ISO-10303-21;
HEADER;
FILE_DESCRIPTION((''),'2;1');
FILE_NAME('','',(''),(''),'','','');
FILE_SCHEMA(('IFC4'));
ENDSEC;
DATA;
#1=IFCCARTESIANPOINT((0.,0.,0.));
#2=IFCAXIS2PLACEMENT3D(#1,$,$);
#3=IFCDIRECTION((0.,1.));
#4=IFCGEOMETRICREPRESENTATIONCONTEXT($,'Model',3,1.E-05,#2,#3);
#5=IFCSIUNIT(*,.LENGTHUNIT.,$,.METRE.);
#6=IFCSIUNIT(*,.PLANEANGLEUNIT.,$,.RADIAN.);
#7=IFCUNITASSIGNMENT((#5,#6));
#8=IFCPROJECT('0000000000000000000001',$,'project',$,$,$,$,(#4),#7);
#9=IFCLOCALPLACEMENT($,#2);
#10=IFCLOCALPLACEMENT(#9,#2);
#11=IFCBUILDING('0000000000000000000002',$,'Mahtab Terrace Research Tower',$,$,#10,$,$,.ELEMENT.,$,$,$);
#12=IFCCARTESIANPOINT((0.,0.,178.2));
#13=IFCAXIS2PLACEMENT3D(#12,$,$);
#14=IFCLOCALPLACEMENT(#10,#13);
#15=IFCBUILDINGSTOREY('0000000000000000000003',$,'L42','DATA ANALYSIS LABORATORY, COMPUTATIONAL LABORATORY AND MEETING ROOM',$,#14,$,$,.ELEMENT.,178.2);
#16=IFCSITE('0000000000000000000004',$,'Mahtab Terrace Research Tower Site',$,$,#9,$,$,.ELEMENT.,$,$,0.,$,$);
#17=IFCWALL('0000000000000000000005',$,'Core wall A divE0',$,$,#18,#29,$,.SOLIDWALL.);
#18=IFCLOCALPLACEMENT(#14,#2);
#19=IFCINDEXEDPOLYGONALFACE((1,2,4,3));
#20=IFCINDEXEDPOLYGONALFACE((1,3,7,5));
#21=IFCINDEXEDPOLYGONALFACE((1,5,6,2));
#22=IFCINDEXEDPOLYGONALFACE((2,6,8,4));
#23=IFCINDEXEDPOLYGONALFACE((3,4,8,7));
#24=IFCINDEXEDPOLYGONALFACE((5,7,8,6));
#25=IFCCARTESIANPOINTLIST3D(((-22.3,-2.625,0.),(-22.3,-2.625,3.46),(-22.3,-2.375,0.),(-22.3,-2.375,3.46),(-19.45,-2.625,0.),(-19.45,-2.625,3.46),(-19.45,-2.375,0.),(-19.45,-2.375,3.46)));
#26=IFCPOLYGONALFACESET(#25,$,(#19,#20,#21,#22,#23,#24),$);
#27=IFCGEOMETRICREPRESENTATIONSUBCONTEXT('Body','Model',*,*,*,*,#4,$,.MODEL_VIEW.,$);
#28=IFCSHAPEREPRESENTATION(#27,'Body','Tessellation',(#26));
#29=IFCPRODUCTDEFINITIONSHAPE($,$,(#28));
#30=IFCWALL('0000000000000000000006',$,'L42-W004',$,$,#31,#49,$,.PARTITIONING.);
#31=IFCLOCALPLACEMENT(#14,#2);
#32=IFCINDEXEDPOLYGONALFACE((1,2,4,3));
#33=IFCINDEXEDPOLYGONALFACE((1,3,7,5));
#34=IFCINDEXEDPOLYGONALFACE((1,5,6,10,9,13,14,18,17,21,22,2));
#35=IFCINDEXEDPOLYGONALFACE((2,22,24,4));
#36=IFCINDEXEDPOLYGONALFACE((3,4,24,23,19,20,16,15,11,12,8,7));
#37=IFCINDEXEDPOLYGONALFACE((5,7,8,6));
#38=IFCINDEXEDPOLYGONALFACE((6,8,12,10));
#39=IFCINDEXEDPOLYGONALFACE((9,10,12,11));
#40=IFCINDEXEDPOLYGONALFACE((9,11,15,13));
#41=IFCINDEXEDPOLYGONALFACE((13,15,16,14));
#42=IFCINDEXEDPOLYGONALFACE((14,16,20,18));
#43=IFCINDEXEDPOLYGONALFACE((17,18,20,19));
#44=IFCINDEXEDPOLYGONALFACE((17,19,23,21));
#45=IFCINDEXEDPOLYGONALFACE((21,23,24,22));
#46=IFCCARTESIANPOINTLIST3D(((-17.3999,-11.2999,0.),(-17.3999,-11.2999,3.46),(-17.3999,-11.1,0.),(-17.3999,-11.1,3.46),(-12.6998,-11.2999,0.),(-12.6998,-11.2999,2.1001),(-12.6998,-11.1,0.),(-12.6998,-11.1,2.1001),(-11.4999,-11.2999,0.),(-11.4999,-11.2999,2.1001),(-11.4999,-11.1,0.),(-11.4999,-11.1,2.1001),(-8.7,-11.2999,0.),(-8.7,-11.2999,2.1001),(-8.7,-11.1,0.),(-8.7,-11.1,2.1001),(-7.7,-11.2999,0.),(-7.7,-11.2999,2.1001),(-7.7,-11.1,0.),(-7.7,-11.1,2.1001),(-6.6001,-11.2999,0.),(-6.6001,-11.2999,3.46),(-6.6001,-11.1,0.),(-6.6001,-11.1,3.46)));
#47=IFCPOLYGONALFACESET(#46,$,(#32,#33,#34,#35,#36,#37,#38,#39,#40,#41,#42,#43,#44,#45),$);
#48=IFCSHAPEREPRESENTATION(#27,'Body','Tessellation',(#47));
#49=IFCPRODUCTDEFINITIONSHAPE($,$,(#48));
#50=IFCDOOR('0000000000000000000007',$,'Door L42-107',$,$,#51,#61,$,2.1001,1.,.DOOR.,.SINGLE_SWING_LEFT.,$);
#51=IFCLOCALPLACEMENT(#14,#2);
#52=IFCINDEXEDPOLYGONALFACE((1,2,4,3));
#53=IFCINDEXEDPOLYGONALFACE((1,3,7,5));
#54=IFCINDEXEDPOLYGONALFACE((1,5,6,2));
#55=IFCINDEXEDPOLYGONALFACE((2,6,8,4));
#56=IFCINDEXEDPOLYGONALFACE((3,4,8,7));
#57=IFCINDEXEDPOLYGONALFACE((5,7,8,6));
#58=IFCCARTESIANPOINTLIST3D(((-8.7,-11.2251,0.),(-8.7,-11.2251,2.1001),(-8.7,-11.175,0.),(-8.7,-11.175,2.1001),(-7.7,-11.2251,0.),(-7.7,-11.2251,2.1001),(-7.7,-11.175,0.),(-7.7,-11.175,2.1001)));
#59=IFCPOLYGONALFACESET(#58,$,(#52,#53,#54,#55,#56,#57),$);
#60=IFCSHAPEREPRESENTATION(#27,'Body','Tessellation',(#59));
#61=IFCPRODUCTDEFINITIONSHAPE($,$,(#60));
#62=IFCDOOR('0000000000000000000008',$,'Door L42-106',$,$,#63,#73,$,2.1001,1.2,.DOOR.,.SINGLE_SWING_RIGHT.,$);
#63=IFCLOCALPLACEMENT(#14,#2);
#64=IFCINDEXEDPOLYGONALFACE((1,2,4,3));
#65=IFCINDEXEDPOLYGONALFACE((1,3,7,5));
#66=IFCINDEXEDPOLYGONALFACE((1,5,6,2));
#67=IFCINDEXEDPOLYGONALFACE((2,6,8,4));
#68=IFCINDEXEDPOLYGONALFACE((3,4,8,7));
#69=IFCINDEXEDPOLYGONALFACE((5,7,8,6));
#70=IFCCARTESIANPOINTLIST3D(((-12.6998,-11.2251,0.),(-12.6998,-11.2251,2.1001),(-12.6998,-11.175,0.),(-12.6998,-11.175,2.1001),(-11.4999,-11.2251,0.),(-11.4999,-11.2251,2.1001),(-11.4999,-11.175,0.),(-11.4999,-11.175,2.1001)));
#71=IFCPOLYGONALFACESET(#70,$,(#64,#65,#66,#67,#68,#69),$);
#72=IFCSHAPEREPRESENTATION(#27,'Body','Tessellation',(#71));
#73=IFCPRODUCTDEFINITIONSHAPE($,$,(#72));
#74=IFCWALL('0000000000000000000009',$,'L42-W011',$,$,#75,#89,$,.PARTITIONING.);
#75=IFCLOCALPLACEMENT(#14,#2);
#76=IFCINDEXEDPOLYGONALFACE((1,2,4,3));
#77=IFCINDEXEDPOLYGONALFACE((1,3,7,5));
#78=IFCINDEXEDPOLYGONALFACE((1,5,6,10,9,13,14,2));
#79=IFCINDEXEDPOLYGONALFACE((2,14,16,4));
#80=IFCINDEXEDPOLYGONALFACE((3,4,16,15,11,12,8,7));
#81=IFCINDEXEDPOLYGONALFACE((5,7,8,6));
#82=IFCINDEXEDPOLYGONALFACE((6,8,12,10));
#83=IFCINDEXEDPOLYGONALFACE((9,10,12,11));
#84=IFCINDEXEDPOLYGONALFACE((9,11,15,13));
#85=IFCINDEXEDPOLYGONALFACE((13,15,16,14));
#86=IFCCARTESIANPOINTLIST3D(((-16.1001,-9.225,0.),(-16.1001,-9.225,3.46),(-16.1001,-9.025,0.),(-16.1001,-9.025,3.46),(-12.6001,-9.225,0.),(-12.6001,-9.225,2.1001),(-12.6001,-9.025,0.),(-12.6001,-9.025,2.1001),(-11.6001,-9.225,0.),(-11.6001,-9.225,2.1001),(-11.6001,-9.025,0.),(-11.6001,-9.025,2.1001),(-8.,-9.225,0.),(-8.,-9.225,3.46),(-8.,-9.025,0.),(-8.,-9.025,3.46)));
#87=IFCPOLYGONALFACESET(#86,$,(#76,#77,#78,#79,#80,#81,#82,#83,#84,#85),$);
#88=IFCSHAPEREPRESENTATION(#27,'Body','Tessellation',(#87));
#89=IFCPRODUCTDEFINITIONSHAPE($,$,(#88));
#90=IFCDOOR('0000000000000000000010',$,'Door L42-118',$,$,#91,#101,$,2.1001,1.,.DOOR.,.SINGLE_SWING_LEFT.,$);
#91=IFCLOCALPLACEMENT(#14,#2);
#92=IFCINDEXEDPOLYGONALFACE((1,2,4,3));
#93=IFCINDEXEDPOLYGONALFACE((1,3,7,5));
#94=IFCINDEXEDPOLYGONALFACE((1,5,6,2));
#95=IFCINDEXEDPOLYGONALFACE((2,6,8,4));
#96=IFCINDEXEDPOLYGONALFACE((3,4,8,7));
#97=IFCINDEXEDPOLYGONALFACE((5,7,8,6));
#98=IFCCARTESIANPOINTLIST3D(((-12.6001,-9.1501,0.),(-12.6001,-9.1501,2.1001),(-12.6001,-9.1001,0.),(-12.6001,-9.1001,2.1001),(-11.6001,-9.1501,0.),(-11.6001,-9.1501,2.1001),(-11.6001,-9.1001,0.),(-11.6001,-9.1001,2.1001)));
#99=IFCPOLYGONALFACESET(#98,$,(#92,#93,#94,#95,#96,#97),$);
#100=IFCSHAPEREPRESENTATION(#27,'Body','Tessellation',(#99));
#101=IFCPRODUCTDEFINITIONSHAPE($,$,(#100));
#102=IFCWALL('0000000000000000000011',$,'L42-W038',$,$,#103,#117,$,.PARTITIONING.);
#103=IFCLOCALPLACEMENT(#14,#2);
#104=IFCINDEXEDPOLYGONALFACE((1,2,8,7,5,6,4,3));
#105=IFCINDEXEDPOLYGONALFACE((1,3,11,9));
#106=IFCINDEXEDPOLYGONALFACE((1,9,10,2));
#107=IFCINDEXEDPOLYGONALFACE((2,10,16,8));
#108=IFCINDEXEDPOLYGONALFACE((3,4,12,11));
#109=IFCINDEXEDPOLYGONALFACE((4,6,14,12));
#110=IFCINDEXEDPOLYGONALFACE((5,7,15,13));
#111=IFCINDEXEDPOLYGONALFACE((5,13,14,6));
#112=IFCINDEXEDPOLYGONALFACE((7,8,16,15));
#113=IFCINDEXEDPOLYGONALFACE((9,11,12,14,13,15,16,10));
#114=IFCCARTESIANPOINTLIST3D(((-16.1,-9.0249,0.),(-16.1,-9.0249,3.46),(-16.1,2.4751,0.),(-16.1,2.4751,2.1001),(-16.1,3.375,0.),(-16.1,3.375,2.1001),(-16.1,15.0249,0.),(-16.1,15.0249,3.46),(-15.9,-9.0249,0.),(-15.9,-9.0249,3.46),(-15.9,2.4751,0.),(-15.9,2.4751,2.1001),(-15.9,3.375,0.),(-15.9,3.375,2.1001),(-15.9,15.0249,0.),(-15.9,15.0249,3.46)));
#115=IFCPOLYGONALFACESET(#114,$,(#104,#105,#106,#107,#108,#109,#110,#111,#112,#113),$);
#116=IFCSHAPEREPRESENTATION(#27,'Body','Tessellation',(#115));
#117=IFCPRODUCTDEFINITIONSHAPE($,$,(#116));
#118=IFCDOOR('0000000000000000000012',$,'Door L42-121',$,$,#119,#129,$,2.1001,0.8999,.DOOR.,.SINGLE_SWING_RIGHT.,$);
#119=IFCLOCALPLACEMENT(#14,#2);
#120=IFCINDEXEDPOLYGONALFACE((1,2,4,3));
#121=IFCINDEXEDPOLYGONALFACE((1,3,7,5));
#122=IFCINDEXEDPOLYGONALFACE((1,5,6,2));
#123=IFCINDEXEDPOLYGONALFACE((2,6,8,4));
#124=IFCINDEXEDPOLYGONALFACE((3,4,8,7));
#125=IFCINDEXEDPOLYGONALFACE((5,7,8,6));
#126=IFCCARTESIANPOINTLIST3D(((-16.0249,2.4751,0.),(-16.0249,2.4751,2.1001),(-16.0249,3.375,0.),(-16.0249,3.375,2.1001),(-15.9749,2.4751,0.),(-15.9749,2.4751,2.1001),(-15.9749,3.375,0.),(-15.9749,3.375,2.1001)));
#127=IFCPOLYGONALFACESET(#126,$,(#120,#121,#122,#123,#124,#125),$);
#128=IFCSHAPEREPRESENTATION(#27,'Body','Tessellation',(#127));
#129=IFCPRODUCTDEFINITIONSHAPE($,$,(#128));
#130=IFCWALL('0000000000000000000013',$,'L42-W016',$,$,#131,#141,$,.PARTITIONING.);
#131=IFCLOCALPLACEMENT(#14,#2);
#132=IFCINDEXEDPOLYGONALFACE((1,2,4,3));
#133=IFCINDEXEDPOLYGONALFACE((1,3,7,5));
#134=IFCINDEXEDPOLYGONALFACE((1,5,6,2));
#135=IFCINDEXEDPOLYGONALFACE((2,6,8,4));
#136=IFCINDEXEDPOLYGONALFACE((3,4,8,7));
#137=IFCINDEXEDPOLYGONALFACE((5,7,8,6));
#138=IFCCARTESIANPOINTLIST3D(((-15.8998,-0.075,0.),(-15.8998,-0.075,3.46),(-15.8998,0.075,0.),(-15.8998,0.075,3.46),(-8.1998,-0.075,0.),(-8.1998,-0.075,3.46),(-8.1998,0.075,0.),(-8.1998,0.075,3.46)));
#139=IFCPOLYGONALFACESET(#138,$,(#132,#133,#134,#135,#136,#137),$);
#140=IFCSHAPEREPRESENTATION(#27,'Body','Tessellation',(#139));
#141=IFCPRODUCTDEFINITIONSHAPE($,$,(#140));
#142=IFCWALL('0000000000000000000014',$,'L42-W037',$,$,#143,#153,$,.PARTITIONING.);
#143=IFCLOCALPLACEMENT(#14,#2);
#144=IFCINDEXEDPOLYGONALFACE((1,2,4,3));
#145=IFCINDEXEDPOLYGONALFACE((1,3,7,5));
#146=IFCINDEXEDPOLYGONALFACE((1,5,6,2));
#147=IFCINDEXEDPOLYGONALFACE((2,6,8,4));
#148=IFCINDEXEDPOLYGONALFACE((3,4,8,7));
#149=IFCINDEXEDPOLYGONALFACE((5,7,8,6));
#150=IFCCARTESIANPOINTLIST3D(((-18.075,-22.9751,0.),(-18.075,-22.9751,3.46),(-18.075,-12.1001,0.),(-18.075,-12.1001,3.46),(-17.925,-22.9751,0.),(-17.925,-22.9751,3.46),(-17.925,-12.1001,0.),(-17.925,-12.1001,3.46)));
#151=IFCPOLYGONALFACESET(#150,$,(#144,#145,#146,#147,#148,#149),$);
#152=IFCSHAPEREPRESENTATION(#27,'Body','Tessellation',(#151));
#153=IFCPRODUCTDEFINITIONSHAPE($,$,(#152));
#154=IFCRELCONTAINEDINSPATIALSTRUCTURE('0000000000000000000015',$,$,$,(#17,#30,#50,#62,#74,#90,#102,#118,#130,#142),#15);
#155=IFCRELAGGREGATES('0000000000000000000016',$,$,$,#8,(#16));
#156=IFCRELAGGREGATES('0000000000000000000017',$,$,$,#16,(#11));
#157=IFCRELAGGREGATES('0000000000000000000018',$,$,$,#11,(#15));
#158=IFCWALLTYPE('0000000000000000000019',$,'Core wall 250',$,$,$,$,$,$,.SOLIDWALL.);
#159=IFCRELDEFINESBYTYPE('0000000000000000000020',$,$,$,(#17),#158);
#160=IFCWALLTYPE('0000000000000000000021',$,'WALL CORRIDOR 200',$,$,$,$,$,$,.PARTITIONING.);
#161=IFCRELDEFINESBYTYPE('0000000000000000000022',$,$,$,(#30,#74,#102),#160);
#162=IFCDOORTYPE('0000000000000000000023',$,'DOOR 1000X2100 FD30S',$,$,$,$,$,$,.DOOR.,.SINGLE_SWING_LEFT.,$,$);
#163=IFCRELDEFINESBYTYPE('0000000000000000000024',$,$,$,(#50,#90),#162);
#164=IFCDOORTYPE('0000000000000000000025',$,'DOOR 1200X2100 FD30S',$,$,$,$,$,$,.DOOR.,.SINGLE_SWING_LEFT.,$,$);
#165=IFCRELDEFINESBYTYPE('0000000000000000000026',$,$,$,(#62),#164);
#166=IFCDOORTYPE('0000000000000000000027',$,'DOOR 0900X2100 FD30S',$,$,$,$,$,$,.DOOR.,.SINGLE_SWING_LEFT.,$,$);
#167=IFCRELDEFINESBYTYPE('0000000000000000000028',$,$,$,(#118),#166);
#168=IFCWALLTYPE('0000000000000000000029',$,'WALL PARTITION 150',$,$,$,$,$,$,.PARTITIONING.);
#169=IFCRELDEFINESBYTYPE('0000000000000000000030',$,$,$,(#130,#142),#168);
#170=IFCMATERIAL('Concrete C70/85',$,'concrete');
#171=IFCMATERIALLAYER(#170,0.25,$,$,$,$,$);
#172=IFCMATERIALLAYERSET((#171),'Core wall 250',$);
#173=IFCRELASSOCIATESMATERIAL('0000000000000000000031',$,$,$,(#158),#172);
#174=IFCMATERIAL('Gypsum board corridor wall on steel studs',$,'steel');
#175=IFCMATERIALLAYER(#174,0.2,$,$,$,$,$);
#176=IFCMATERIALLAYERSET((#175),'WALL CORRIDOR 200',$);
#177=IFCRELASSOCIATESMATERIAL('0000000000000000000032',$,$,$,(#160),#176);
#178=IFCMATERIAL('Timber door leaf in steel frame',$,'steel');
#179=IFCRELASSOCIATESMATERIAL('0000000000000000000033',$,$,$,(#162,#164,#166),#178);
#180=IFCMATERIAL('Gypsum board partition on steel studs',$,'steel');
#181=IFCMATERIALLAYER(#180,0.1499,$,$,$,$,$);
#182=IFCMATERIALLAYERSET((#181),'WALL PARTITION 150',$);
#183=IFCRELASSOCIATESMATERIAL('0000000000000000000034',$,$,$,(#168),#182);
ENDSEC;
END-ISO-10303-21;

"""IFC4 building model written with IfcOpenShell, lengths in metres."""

from ifc_helpers import new_model, si_unit, direction, frame, frame_2d, origin, place, context, subcontext, project, spatial, rectangle, extrude, material, layer, layer_set, type_object, element, fill, save


model = new_model("IFC4")

# Units and contexts
model_context = context("Model", 3, precision=1e-05, world=origin(), true_north=direction((0.0, 1.0)))
body_context = subcontext(model_context, "Body", "Model", "MODEL_VIEW")
ifc_project = project(units=[si_unit("LENGTHUNIT", "METRE"), si_unit("PLANEANGLEUNIT", "RADIAN")], contexts=[model_context])

# Site, building, storey
site_placement = place(None, origin())
site = spatial("IfcSite", under=ifc_project, at=site_placement, Name="Mahtab Terrace Research Tower Site", CompositionType="ELEMENT", RefElevation=0.0)
building_placement = place(site_placement, origin())
building = spatial("IfcBuilding", under=site, at=building_placement, Name="Mahtab Terrace Research Tower", CompositionType="ELEMENT")
storey_placement = place(building_placement, frame((0.0, 0.0, 178.2)))
storey = spatial("IfcBuildingStorey", under=building, at=storey_placement, Name="L42", Description="DATA ANALYSIS LABORATORY, COMPUTATIONAL LABORATORY AND MEETING ROOM", CompositionType="ELEMENT", Elevation=178.2)

# Shared definitions
ifc_material_1 = material(Name="Concrete C70/85", Category="concrete")

# Shared definitions
ifc_layer_1 = layer(ifc_material_1, 0.25)
ifc_layer_set_1 = layer_set([ifc_layer_1], Name="Core wall 250")
wall_type_1 = type_object("IfcWallType", Name="Core wall 250", PredefinedType="SOLIDWALL", material=ifc_layer_set_1)

# Wall
wall_1_placement = place(storey_placement, frame((-22.3, -2.5, 0.0), z_axis=(0.0, 0.0, 1.0), x_axis=(1.0, 0.0, 0.0)))
element("IfcWall", 1, at=wall_1_placement, inside=storey, type_object=wall_type_1, Name="Core wall A divE0", PredefinedType="SOLIDWALL", context=body_context, shape_type="SweptSolid", body=[
    extrude(rectangle(XDim=2.8501, YDim=0.25, at=frame_2d((1.425, 0.0))), origin(), (0.0, 0.0, 1.0), 3.46),
])

# Wall, openings, doors
ifc_material_2 = material(Name="Gypsum board corridor wall on steel studs", Category="steel")
ifc_layer_2 = layer(ifc_material_2, 0.2)
ifc_layer_set_2 = layer_set([ifc_layer_2], Name="WALL CORRIDOR 200")
wall_type_2 = type_object("IfcWallType", Name="WALL CORRIDOR 200", PredefinedType="PARTITIONING", material=ifc_layer_set_2)
wall_2_placement = place(storey_placement, frame((-17.3999, -11.2, 0.0), z_axis=(0.0, 0.0, 1.0), x_axis=(1.0, 0.0, 0.0)))
wall_2 = element("IfcWall", 2, at=wall_2_placement, inside=storey, type_object=wall_type_2, Name="L42-W004", PredefinedType="PARTITIONING", context=body_context, shape_type="SweptSolid", body=[
    extrude(rectangle(XDim=10.7998, YDim=0.2, at=frame_2d((5.3999, 0.0))), origin(), (0.0, 0.0, 1.0), 3.46),
])
opening_1_placement = place(wall_2_placement, frame((4.7, 0.0, 0.0)))
opening_1 = element("IfcOpeningElement", 3, at=opening_1_placement, cuts=wall_2, PredefinedType="OPENING", context=body_context, shape_type="SweptSolid", body=[
    extrude(rectangle(XDim=1.2, YDim=2.1001, at=frame_2d((0.6001, 1.05))), frame((0.0, 0.1099, 0.0), z_axis=(0.0, -1.0, 0.0), x_axis=(1.0, 0.0, 0.0)), (0.0, 0.0, 1.0), 0.22),
])
opening_2_placement = place(wall_2_placement, frame((8.7, 0.0, 0.0)))
opening_2 = element("IfcOpeningElement", 4, at=opening_2_placement, cuts=wall_2, PredefinedType="OPENING", context=body_context, shape_type="SweptSolid", body=[
    extrude(rectangle(XDim=1.0, YDim=2.1001, at=frame_2d((0.5, 1.05))), frame((0.0, 0.1099, 0.0), z_axis=(0.0, -1.0, 0.0), x_axis=(1.0, 0.0, 0.0)), (0.0, 0.0, 1.0), 0.22),
])
ifc_material_3 = material(Name="Timber door leaf in steel frame", Category="steel")
door_type_1 = type_object("IfcDoorType", Name="DOOR 1000X2100 FD30S", OperationType="SINGLE_SWING_LEFT", PredefinedType="DOOR", material=ifc_material_3)
door_1_placement = place(opening_2_placement, origin())
door_1 = element("IfcDoor", 5, at=door_1_placement, inside=storey, type_object=door_type_1, Name="Door L42-107", OperationType="SINGLE_SWING_LEFT", OverallHeight=2.1001, OverallWidth=1.0, PredefinedType="DOOR", context=body_context, shape_type="SweptSolid", body=[
    extrude(rectangle(XDim=1.0, YDim=2.1001, at=frame_2d((0.5, 1.05))), frame((0.0, 0.0249, 0.0), z_axis=(0.0, -1.0, 0.0), x_axis=(1.0, 0.0, 0.0)), (0.0, 0.0, 1.0), 0.05),
])
fill(opening_2, door_1)
door_type_2 = type_object("IfcDoorType", Name="DOOR 1200X2100 FD30S", OperationType="SINGLE_SWING_LEFT", PredefinedType="DOOR", material=ifc_material_3)
door_2_placement = place(opening_1_placement, origin())
door_2 = element("IfcDoor", 6, at=door_2_placement, inside=storey, type_object=door_type_2, Name="Door L42-106", OperationType="SINGLE_SWING_RIGHT", OverallHeight=2.1001, OverallWidth=1.2, PredefinedType="DOOR", context=body_context, shape_type="SweptSolid", body=[
    extrude(rectangle(XDim=1.2, YDim=2.1001, at=frame_2d((0.6001, 1.05))), frame((0.0, 0.0249, 0.0), z_axis=(0.0, -1.0, 0.0), x_axis=(1.0, 0.0, 0.0)), (0.0, 0.0, 1.0), 0.05),
])
fill(opening_1, door_2)

# Walls, openings, doors
wall_3_placement = place(storey_placement, frame((-16.1001, -9.125, 0.0), z_axis=(0.0, 0.0, 1.0), x_axis=(1.0, 0.0, 0.0)))
wall_3 = element("IfcWall", 7, at=wall_3_placement, inside=storey, type_object=wall_type_2, Name="L42-W011", PredefinedType="PARTITIONING", context=body_context, shape_type="SweptSolid", body=[
    extrude(rectangle(XDim=8.1001, YDim=0.2, at=frame_2d((4.05, 0.0))), origin(), (0.0, 0.0, 1.0), 3.46),
])
opening_3_placement = place(wall_3_placement, frame((3.5, 0.0, 0.0)))
opening_3 = element("IfcOpeningElement", 8, at=opening_3_placement, cuts=wall_3, PredefinedType="OPENING", context=body_context, shape_type="SweptSolid", body=[
    extrude(rectangle(XDim=1.0, YDim=2.1001, at=frame_2d((0.5, 1.05))), frame((0.0, 0.1099, 0.0), z_axis=(0.0, -1.0, 0.0), x_axis=(1.0, 0.0, 0.0)), (0.0, 0.0, 1.0), 0.22),
])
door_3_placement = place(opening_3_placement, origin())
door_3 = element("IfcDoor", 9, at=door_3_placement, inside=storey, type_object=door_type_1, Name="Door L42-118", OperationType="SINGLE_SWING_LEFT", OverallHeight=2.1001, OverallWidth=1.0, PredefinedType="DOOR", context=body_context, shape_type="SweptSolid", body=[
    extrude(rectangle(XDim=1.0, YDim=2.1001, at=frame_2d((0.5, 1.05))), frame((0.0, 0.0249, 0.0), z_axis=(0.0, -1.0, 0.0), x_axis=(1.0, 0.0, 0.0)), (0.0, 0.0, 1.0), 0.05),
])
fill(opening_3, door_3)
wall_4_placement = place(storey_placement, frame((-16.0, -9.0249, 0.0), z_axis=(0.0, 0.0, 1.0), x_axis=(0.0, 1.0, 0.0)))
wall_4 = element("IfcWall", 10, at=wall_4_placement, inside=storey, type_object=wall_type_2, Name="L42-W038", PredefinedType="PARTITIONING", context=body_context, shape_type="SweptSolid", body=[
    extrude(rectangle(XDim=24.0498, YDim=0.2, at=frame_2d((12.0249, 0.0))), origin(), (0.0, 0.0, 1.0), 3.46),
])
opening_4_placement = place(wall_4_placement, frame((11.5, 0.0, 0.0)))
opening_4 = element("IfcOpeningElement", 11, at=opening_4_placement, cuts=wall_4, PredefinedType="OPENING", context=body_context, shape_type="SweptSolid", body=[
    extrude(rectangle(XDim=0.8999, YDim=2.1001, at=frame_2d((0.45, 1.05))), frame((0.0, 0.1099, 0.0), z_axis=(0.0, -1.0, 0.0), x_axis=(1.0, 0.0, 0.0)), (0.0, 0.0, 1.0), 0.22),
])
door_type_3 = type_object("IfcDoorType", Name="DOOR 0900X2100 FD30S", OperationType="SINGLE_SWING_LEFT", PredefinedType="DOOR", material=ifc_material_3)
door_4_placement = place(opening_4_placement, origin())
door_4 = element("IfcDoor", 12, at=door_4_placement, inside=storey, type_object=door_type_3, Name="Door L42-121", OperationType="SINGLE_SWING_RIGHT", OverallHeight=2.1001, OverallWidth=0.8999, PredefinedType="DOOR", context=body_context, shape_type="SweptSolid", body=[
    extrude(rectangle(XDim=0.8999, YDim=2.1001, at=frame_2d((0.45, 1.05))), frame((0.0, 0.0249, 0.0), z_axis=(0.0, -1.0, 0.0), x_axis=(1.0, 0.0, 0.0)), (0.0, 0.0, 1.0), 0.05),
])
fill(opening_4, door_4)

# Walls
ifc_material_4 = material(Name="Gypsum board partition on steel studs", Category="steel")
ifc_layer_3 = layer(ifc_material_4, 0.1499)
ifc_layer_set_3 = layer_set([ifc_layer_3], Name="WALL PARTITION 150")
wall_type_3 = type_object("IfcWallType", Name="WALL PARTITION 150", PredefinedType="PARTITIONING", material=ifc_layer_set_3)
wall_5_placement = place(storey_placement, frame((-15.8999, 0.0, 0.0), z_axis=(0.0, 0.0, 1.0), x_axis=(1.0, 0.0, 0.0)))
element("IfcWall", 13, at=wall_5_placement, inside=storey, type_object=wall_type_3, Name="L42-W016", PredefinedType="PARTITIONING", context=body_context, shape_type="SweptSolid", body=[
    extrude(rectangle(XDim=7.7, YDim=0.1499, at=frame_2d((3.8501, 0.0))), origin(), (0.0, 0.0, 1.0), 3.46),
])
wall_6_placement = place(storey_placement, frame((-18.0, -22.9751, 0.0), z_axis=(0.0, 0.0, 1.0), x_axis=(0.0, 1.0, 0.0)))
element("IfcWall", 14, at=wall_6_placement, inside=storey, type_object=wall_type_3, Name="L42-W037", PredefinedType="PARTITIONING", context=body_context, shape_type="SweptSolid", body=[
    extrude(rectangle(XDim=10.875, YDim=0.1499, at=frame_2d((5.4375, 0.0))), origin(), (0.0, 0.0, 1.0), 3.46),
])

save(model, "model.ifc")
